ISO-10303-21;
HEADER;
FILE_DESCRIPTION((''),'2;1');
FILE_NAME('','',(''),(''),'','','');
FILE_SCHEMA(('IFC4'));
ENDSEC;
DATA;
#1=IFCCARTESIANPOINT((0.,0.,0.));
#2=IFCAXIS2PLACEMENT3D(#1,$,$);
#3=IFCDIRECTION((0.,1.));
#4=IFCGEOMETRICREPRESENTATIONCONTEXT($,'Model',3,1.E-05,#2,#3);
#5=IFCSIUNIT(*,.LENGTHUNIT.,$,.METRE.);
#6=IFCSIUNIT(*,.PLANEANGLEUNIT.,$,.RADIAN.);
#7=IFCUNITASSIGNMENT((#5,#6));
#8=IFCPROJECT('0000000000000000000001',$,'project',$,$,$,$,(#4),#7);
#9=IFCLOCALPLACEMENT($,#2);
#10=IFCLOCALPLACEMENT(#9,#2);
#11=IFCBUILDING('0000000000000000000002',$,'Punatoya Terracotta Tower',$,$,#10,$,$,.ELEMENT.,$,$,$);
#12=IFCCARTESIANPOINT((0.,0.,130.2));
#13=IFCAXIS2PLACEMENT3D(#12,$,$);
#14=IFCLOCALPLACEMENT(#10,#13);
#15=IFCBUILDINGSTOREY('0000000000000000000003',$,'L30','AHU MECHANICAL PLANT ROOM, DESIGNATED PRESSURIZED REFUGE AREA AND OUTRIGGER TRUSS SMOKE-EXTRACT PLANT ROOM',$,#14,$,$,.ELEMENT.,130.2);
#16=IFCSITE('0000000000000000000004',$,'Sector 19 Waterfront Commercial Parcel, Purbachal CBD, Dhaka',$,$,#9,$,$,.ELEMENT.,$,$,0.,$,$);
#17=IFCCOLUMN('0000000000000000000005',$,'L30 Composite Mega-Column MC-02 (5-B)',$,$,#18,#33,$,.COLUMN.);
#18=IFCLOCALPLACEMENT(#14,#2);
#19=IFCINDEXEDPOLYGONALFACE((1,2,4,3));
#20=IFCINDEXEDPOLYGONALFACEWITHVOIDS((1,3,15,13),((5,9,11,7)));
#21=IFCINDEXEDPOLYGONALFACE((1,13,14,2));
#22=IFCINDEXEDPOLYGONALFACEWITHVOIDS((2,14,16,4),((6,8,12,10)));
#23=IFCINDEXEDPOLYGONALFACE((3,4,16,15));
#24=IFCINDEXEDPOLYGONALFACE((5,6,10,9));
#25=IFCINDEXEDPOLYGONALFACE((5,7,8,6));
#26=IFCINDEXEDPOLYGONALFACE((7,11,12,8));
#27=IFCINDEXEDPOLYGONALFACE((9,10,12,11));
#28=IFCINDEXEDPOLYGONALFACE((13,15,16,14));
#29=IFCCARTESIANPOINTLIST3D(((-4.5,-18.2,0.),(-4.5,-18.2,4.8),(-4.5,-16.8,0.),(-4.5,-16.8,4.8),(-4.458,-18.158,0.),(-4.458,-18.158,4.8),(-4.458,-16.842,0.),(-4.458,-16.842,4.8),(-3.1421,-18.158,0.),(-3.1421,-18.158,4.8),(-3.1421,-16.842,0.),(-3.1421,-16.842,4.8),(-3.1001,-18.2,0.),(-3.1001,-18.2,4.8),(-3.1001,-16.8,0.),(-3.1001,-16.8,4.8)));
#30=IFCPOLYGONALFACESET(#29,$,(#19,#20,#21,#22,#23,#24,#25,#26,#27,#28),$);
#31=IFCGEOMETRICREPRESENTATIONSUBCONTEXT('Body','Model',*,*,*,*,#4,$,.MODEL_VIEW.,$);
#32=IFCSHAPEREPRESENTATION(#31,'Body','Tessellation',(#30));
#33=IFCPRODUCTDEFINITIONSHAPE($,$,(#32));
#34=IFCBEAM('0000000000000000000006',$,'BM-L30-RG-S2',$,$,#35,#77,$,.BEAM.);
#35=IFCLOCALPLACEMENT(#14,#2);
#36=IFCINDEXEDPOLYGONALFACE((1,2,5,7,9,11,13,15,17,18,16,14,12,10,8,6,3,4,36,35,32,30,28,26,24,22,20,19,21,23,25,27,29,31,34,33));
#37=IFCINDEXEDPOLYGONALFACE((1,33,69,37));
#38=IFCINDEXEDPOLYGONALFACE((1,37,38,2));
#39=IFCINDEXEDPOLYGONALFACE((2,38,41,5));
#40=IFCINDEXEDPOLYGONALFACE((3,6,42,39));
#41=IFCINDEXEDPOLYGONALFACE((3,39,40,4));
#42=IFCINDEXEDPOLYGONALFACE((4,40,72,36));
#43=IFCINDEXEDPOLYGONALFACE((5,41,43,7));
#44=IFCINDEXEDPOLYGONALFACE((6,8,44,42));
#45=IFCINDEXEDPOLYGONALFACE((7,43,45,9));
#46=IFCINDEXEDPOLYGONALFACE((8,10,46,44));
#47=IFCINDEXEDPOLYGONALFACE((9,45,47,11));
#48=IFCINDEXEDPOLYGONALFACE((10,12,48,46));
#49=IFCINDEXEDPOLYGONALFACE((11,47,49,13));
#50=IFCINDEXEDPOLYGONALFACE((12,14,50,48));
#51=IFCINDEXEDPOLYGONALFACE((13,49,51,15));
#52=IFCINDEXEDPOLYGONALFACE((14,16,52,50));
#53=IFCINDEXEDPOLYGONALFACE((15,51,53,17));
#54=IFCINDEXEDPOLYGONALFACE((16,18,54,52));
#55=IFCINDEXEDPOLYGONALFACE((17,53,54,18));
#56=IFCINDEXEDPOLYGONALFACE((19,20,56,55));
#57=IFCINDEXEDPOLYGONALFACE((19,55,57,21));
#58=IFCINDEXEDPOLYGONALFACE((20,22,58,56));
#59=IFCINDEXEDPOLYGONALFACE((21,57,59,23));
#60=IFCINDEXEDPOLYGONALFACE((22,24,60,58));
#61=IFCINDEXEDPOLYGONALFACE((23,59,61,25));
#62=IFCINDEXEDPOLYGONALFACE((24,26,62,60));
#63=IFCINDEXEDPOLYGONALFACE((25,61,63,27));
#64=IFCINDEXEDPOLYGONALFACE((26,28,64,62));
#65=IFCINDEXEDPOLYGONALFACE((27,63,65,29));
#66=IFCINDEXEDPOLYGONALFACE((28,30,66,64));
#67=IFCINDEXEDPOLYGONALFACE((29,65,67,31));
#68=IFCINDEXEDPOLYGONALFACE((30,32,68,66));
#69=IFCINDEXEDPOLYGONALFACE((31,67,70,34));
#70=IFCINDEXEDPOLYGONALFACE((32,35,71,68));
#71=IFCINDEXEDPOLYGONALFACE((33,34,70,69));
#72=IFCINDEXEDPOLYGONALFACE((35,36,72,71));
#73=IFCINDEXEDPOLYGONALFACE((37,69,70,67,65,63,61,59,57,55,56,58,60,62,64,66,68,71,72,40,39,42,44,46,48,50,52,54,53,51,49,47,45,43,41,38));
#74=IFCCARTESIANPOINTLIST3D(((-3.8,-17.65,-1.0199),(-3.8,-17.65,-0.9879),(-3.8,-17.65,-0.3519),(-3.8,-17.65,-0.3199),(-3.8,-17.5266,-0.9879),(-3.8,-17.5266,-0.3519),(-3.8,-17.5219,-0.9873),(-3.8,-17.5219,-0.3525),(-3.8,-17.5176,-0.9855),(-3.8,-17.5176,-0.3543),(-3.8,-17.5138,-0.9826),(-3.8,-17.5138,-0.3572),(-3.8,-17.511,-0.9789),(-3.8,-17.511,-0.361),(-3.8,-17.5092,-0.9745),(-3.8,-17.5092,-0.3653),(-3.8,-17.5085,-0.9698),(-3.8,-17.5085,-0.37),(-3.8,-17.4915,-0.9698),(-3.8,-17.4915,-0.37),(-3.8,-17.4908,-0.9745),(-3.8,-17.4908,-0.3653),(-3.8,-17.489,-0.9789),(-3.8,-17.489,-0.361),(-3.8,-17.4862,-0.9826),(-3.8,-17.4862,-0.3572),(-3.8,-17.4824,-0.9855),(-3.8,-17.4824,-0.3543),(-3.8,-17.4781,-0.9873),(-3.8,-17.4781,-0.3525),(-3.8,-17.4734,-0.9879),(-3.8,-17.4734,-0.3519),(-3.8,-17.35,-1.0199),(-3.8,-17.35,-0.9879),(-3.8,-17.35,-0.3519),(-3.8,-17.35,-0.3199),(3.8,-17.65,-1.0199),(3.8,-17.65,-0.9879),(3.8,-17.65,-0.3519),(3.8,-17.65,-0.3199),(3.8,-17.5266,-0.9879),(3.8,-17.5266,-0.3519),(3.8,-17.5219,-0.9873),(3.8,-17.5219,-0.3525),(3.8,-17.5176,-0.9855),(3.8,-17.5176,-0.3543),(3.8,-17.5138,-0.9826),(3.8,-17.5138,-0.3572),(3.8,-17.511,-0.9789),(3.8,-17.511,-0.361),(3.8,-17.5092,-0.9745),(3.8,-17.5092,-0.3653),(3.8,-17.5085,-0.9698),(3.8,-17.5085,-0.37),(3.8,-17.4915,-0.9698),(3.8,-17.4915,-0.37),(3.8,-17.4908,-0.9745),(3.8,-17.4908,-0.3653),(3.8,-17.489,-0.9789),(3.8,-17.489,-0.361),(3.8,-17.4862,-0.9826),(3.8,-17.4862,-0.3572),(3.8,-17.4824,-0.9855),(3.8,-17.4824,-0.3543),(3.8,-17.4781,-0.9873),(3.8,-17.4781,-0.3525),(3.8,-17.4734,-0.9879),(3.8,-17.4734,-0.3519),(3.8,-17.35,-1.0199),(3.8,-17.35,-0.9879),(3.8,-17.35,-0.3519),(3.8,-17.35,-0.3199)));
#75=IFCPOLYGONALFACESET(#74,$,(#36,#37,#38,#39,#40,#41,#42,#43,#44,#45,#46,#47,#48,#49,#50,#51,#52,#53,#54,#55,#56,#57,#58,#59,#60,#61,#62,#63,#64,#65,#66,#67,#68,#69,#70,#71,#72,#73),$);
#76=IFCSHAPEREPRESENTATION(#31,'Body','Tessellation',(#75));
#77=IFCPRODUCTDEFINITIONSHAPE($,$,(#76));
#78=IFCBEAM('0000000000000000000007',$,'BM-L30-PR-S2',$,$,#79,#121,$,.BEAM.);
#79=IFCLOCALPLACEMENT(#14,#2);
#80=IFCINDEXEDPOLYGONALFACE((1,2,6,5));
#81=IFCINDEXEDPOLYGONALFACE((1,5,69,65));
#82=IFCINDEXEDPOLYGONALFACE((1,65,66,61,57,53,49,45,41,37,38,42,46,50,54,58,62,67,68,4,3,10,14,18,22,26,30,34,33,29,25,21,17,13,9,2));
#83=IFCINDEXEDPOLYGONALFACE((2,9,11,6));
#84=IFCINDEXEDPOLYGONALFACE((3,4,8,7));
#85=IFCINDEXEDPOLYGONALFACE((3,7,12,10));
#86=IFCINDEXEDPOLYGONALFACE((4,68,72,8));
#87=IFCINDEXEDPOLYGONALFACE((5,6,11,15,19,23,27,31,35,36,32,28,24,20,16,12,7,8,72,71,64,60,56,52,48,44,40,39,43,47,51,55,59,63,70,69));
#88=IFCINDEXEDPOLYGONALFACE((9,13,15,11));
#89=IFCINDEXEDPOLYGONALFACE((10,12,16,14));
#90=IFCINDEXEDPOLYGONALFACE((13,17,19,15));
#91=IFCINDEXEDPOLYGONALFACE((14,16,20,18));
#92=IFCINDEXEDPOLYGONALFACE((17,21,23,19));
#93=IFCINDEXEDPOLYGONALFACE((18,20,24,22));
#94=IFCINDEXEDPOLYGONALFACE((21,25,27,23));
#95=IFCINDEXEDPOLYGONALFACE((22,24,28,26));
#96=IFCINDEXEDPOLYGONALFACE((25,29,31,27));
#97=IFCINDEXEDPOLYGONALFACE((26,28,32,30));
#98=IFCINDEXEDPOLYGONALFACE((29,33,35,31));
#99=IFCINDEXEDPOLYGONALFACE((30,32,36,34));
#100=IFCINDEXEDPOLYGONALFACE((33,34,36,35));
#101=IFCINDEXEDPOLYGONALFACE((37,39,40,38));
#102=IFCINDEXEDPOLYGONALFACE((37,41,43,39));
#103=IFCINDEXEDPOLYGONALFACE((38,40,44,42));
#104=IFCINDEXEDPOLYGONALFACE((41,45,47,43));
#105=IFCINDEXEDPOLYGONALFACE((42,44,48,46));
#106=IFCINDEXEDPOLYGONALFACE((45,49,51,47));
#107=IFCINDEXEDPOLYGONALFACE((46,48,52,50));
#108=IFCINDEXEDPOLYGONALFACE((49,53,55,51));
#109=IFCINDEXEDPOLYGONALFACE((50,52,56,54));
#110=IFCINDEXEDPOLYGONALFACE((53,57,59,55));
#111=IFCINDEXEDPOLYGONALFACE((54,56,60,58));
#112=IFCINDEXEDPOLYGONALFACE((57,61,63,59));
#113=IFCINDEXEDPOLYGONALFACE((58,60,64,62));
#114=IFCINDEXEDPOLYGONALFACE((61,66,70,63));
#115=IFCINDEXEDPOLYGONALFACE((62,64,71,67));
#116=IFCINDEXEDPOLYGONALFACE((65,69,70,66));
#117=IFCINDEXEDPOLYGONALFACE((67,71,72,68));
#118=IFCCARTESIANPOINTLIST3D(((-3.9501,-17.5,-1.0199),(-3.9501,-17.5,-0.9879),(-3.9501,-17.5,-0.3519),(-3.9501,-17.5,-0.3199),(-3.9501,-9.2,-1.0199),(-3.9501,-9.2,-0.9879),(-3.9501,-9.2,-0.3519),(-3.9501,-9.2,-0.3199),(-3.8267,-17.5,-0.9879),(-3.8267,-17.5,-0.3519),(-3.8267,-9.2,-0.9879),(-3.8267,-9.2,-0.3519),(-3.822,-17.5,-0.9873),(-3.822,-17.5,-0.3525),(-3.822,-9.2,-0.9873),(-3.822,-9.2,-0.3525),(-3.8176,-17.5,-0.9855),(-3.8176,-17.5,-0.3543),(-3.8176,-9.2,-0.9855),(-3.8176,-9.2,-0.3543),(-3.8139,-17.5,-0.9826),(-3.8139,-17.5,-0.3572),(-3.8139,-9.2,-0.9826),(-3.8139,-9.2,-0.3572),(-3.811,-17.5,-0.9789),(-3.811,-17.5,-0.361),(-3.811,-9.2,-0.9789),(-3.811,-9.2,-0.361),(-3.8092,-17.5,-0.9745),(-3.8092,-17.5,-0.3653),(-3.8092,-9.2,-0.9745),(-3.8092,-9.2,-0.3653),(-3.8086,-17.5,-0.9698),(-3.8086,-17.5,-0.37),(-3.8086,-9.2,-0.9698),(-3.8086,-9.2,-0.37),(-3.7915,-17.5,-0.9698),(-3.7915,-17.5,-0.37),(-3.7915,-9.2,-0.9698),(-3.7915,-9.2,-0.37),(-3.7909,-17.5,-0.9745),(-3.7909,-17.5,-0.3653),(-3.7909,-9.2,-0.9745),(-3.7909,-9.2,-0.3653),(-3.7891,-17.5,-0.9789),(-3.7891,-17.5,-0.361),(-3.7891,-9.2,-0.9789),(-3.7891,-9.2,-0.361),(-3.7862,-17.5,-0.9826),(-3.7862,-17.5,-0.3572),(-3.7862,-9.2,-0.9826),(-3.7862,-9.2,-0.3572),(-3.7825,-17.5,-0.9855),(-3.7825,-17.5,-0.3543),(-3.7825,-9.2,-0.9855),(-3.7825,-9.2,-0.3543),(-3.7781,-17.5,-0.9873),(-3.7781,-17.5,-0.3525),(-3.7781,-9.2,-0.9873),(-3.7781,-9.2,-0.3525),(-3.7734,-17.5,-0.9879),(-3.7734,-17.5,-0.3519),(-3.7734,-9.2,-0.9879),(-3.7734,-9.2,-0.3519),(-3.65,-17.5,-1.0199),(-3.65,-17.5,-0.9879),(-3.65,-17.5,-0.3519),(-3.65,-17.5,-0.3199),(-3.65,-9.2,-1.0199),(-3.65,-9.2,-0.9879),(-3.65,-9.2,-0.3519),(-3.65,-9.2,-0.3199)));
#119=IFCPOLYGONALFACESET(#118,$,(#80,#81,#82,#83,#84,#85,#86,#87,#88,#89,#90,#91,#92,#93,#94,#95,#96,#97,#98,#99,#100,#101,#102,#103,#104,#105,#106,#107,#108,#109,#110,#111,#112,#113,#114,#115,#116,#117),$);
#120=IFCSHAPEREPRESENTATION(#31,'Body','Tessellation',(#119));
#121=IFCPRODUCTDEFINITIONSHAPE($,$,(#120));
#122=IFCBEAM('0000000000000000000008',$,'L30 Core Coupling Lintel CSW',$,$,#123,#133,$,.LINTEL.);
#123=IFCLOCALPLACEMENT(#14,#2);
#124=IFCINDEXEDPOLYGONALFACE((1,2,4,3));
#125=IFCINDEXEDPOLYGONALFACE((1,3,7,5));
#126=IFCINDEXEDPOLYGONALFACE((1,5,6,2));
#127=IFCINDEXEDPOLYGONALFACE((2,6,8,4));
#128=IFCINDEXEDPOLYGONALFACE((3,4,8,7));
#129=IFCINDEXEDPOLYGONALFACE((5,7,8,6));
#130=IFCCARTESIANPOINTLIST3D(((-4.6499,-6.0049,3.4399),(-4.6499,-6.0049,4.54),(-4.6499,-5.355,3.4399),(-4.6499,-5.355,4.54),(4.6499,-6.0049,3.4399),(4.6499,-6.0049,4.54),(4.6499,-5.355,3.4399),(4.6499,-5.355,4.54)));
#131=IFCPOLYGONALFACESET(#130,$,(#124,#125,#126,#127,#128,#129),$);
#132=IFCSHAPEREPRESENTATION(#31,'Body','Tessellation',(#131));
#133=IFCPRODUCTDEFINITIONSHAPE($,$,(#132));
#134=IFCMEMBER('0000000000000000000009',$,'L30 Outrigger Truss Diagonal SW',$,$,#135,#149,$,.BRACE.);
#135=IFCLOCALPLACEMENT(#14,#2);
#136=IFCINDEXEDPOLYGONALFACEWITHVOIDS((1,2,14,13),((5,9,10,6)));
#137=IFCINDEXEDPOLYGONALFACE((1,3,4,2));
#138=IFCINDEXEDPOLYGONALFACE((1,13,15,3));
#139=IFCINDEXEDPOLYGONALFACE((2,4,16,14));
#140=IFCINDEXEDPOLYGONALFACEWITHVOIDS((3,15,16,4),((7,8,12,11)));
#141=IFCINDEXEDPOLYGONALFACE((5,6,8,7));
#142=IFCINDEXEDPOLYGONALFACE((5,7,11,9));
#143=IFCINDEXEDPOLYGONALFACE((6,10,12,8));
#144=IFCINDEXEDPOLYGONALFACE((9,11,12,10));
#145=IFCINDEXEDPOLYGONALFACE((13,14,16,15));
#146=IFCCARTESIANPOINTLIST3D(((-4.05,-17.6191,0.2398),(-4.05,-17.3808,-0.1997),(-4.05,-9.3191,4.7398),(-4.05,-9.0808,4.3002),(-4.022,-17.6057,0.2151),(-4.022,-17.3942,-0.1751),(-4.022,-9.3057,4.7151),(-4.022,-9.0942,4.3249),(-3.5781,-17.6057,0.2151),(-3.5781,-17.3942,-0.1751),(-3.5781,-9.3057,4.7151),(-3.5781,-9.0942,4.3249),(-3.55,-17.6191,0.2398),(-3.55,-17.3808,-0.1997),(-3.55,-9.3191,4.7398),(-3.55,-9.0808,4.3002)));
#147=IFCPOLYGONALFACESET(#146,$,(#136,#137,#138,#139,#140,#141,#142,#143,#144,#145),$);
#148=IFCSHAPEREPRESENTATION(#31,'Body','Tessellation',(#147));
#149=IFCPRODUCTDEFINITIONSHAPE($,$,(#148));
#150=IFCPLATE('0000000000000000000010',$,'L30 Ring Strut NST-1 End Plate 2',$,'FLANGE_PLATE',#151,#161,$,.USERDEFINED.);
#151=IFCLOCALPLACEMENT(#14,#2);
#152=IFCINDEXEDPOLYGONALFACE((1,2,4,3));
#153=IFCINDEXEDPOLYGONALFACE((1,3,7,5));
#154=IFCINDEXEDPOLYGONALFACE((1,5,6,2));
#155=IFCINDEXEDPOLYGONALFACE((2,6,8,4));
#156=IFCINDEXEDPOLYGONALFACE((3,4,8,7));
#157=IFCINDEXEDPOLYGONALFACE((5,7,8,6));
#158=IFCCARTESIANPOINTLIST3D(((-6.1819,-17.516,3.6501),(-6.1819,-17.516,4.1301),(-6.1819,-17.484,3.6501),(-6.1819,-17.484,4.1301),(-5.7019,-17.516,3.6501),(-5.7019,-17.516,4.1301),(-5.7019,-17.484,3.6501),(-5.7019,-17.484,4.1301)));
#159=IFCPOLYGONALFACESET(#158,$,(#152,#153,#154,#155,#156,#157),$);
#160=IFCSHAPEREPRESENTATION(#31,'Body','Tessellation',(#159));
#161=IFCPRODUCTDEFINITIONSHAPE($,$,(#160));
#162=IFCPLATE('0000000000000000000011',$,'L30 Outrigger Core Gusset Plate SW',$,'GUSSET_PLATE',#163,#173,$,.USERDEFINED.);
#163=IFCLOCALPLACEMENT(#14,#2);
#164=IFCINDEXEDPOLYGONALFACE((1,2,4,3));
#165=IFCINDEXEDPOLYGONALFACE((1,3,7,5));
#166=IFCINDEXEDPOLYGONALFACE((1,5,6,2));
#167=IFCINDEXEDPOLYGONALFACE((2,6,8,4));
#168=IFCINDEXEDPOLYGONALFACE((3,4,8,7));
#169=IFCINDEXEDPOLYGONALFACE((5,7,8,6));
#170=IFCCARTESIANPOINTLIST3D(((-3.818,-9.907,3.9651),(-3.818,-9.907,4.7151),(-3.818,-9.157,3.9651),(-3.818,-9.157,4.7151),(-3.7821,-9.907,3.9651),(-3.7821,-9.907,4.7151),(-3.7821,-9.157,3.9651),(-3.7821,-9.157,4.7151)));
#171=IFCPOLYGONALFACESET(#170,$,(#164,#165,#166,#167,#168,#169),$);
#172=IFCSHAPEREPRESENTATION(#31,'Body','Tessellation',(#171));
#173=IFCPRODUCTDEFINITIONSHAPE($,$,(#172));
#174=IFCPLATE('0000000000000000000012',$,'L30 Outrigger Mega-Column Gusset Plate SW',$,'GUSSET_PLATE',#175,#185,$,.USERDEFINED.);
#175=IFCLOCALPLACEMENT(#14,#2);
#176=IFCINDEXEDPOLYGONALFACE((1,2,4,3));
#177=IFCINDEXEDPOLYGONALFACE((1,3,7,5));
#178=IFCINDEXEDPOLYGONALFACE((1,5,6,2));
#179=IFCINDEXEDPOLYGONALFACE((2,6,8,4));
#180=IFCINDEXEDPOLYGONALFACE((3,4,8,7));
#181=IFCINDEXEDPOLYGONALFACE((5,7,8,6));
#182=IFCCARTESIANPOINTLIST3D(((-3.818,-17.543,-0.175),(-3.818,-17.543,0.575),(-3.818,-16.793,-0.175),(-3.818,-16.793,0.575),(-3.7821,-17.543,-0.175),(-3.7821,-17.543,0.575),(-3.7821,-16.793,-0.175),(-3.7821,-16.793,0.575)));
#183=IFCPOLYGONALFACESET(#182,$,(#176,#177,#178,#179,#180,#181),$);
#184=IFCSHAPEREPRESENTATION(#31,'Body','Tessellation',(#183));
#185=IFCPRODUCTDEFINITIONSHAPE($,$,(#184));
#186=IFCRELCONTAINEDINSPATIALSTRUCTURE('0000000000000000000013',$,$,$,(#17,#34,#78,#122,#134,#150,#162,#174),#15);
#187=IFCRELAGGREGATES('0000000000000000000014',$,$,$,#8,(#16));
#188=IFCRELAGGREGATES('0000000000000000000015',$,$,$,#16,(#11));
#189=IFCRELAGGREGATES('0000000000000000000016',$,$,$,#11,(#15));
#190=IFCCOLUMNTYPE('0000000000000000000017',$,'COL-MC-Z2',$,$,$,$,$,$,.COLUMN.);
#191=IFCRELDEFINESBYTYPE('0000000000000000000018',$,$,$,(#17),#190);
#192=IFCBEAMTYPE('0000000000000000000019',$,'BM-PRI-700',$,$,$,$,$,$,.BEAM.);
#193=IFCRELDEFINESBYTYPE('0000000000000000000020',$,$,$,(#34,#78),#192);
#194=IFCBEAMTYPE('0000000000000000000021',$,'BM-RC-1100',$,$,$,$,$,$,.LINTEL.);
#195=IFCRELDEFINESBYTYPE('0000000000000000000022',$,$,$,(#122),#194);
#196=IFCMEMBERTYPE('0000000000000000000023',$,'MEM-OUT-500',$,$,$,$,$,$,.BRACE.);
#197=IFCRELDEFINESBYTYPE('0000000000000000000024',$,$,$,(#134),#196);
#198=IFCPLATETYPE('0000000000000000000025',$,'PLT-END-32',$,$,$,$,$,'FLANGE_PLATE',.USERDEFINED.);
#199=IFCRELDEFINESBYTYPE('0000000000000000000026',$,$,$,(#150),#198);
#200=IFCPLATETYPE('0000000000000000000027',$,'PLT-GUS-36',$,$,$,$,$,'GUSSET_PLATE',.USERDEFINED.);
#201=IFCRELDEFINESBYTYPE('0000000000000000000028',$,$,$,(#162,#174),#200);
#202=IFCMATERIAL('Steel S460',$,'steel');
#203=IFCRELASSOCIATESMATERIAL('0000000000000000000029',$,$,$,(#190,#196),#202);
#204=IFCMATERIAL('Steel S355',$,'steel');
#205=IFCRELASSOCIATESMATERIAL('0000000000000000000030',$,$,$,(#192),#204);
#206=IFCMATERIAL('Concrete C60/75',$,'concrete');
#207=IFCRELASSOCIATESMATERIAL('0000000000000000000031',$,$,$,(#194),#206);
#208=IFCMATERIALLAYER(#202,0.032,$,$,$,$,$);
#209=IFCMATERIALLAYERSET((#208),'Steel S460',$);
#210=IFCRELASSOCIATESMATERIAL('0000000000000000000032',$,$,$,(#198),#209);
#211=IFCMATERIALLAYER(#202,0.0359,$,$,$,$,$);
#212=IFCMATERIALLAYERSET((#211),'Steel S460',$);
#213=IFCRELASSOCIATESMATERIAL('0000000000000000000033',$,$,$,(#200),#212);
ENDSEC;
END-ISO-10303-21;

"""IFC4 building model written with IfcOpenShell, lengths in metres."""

from ifc_helpers import new_model, si_unit, direction, frame, origin, origin_2d, place, context, subcontext, project, spatial, rectangle, hollow_rectangle, i_section, extrude, material, layer, layer_set, material_profile, profile_set, type_object, element, save


model = new_model("IFC4")

# Units and contexts
model_context = context("Model", 3, precision=1e-05, world=origin(), true_north=direction((0.0, 1.0)))
body_context = subcontext(model_context, "Body", "Model", "MODEL_VIEW")
ifc_project = project(units=[si_unit("LENGTHUNIT", "METRE"), si_unit("PLANEANGLEUNIT", "RADIAN")], contexts=[model_context])

# Site, building, storey
site_placement = place(None, origin())
site = spatial("IfcSite", under=ifc_project, at=site_placement, Name="Sector 19 Waterfront Commercial Parcel, Purbachal CBD, Dhaka", CompositionType="ELEMENT", RefElevation=0.0)
building_placement = place(site_placement, origin())
building = spatial("IfcBuilding", under=site, at=building_placement, Name="Punatoya Terracotta Tower", CompositionType="ELEMENT")
storey_placement = place(building_placement, frame((0.0, 0.0, 130.2)))
storey = spatial("IfcBuildingStorey", under=building, at=storey_placement, Name="L30", Description="AHU MECHANICAL PLANT ROOM, DESIGNATED PRESSURIZED REFUGE AREA AND OUTRIGGER TRUSS SMOKE-EXTRACT PLANT ROOM", CompositionType="ELEMENT", Elevation=130.2)

# Column
ifc_material_1 = material(Name="Steel S460", Category="steel")
ifc_material_profile_1 = material_profile(ifc_material_1, hollow_rectangle(XDim=1.3999, YDim=1.3999, WallThickness=0.042, at=origin_2d()))
ifc_profile_set_1 = profile_set([ifc_material_profile_1], Name="Steel S460")
column_type = type_object("IfcColumnType", Name="COL-MC-Z2", PredefinedType="COLUMN", material=ifc_profile_set_1)
column_placement = place(storey_placement, frame((-3.8, -17.5, 0.0), z_axis=(0.0, 0.0, 1.0), x_axis=(1.0, 0.0, 0.0)))
element("IfcColumn", 1, at=column_placement, inside=storey, type_object=column_type, Name="L30 Composite Mega-Column MC-02 (5-B)", PredefinedType="COLUMN", context=body_context, shape_type="SweptSolid", body=[
    extrude(hollow_rectangle(XDim=1.3999, YDim=1.3999, WallThickness=0.042, at=origin_2d()), origin(), (0.0, 0.0, 1.0), 4.8),
])

# Beams
ifc_material_2 = material(Name="Steel S355", Category="steel")
ifc_material_profile_2 = material_profile(ifc_material_2, i_section(OverallWidth=0.3, OverallDepth=0.7, WebThickness=0.0171, FlangeThickness=0.032, FilletRadius=0.0181, at=origin_2d()))
ifc_profile_set_2 = profile_set([ifc_material_profile_2], Name="Steel S355")
beam_type_1 = type_object("IfcBeamType", Name="BM-PRI-700", PredefinedType="BEAM", material=ifc_profile_set_2)
beam_1_placement = place(storey_placement, frame((-3.8, -17.5, -0.6699), z_axis=(1.0, 0.0, 0.0), x_axis=(0.0, 1.0, 0.0)))
element("IfcBeam", 2, at=beam_1_placement, inside=storey, type_object=beam_type_1, Name="BM-L30-RG-S2", PredefinedType="BEAM", context=body_context, shape_type="SweptSolid", body=[
    extrude(i_section(OverallWidth=0.3, OverallDepth=0.7, WebThickness=0.0171, FlangeThickness=0.032, FilletRadius=0.0181, at=origin_2d()), origin(), (0.0, 0.0, 1.0), 7.6001),
])
beam_2_placement = place(storey_placement, frame((-3.8, -17.5, -0.6699), z_axis=(0.0, 1.0, 0.0), x_axis=(-1.0, 0.0, 0.0)))
element("IfcBeam", 3, at=beam_2_placement, inside=storey, type_object=beam_type_1, Name="BM-L30-PR-S2", PredefinedType="BEAM", context=body_context, shape_type="SweptSolid", body=[
    extrude(i_section(OverallWidth=0.3, OverallDepth=0.7, WebThickness=0.0171, FlangeThickness=0.032, FilletRadius=0.0181, at=origin_2d()), origin(), (0.0, 0.0, 1.0), 8.3),
])
ifc_material_3 = material(Name="Concrete C60/75", Category="concrete")
ifc_material_profile_3 = material_profile(ifc_material_3, rectangle(XDim=0.6499, YDim=1.1001, at=origin_2d()))
ifc_profile_set_3 = profile_set([ifc_material_profile_3], Name="Concrete C60/75")
beam_type_2 = type_object("IfcBeamType", Name="BM-RC-1100", PredefinedType="LINTEL", material=ifc_profile_set_3)
beam_3_placement = place(storey_placement, frame((-4.6499, -5.6799, 3.99), z_axis=(1.0, 0.0, 0.0), x_axis=(0.0, 1.0, 0.0)))
element("IfcBeam", 4, at=beam_3_placement, inside=storey, type_object=beam_type_2, Name="L30 Core Coupling Lintel CSW", PredefinedType="LINTEL", context=body_context, shape_type="SweptSolid", body=[
    extrude(rectangle(XDim=0.6499, YDim=1.1001, at=origin_2d()), origin(), (0.0, 0.0, 1.0), 9.2998),
])

# Member
ifc_material_profile_4 = material_profile(ifc_material_1, hollow_rectangle(XDim=0.5, YDim=0.5, WallThickness=0.0281, at=origin_2d()))
ifc_profile_set_4 = profile_set([ifc_material_profile_4], Name="Steel S460")
member_type = type_object("IfcMemberType", Name="MEM-OUT-500", PredefinedType="BRACE", material=ifc_profile_set_4)
member_placement = place(storey_placement, frame((-3.8, -9.2, 4.52), z_axis=(0.0, -0.879108, -0.476622), x_axis=(1.0, 0.0, 0.0)))
element("IfcMember", 5, at=member_placement, inside=storey, type_object=member_type, Name="L30 Outrigger Truss Diagonal SW", PredefinedType="BRACE", context=body_context, shape_type="SweptSolid", body=[
    extrude(hollow_rectangle(XDim=0.5, YDim=0.5, WallThickness=0.0281, at=origin_2d()), origin(), (0.0, 0.0, 1.0), 9.4414),
])

# Plates
ifc_layer_1 = layer(ifc_material_1, 0.032)
ifc_layer_set_1 = layer_set([ifc_layer_1], Name="Steel S460")
plate_type_1 = type_object("IfcPlateType", Name="PLT-END-32", ElementType="FLANGE_PLATE", PredefinedType="USERDEFINED", material=ifc_layer_set_1)
plate_placement = place(storey_placement, frame((-5.9419, -17.5, 3.6501), z_axis=(0.0, 0.0, 1.0), x_axis=(1.0, 0.0, 0.0)))
element("IfcPlate", 6, at=plate_placement, inside=storey, type_object=plate_type_1, Name="L30 Ring Strut NST-1 End Plate 2", ObjectType="FLANGE_PLATE", PredefinedType="USERDEFINED", context=body_context, shape_type="SweptSolid", body=[
    extrude(rectangle(XDim=0.48, YDim=0.032, at=origin_2d()), origin(), (0.0, 0.0, 1.0), 0.48),
])
ifc_layer_2 = layer(ifc_material_1, 0.0359)
ifc_layer_set_2 = layer_set([ifc_layer_2], Name="Steel S460")
plate_type_2 = type_object("IfcPlateType", Name="PLT-GUS-36", ElementType="GUSSET_PLATE", PredefinedType="USERDEFINED", material=ifc_layer_set_2)
for number, where, z_axis, x_axis, name in (
    (7, (-3.8, -9.532, 3.9651), (0.0, 0.0, 1.0), (0.0, 1.0, 0.0), "L30 Outrigger Core Gusset Plate SW"),
    (8, (-3.8, -17.168, -0.175), (0.0, 0.0, 1.0), (0.0, 1.0, 0.0), "L30 Outrigger Mega-Column Gusset Plate SW"),
):
    element("IfcPlate", number, at=place(storey_placement, frame(where, z_axis=z_axis, x_axis=x_axis)), inside=storey, type_object=plate_type_2, Name=name, ObjectType="GUSSET_PLATE", PredefinedType="USERDEFINED", context=body_context, shape_type="SweptSolid", body=[
        extrude(rectangle(XDim=0.75, YDim=0.0359, at=origin_2d()), origin(), (0.0, 0.0, 1.0), 0.75),
    ])

save(model, "model.ifc")
